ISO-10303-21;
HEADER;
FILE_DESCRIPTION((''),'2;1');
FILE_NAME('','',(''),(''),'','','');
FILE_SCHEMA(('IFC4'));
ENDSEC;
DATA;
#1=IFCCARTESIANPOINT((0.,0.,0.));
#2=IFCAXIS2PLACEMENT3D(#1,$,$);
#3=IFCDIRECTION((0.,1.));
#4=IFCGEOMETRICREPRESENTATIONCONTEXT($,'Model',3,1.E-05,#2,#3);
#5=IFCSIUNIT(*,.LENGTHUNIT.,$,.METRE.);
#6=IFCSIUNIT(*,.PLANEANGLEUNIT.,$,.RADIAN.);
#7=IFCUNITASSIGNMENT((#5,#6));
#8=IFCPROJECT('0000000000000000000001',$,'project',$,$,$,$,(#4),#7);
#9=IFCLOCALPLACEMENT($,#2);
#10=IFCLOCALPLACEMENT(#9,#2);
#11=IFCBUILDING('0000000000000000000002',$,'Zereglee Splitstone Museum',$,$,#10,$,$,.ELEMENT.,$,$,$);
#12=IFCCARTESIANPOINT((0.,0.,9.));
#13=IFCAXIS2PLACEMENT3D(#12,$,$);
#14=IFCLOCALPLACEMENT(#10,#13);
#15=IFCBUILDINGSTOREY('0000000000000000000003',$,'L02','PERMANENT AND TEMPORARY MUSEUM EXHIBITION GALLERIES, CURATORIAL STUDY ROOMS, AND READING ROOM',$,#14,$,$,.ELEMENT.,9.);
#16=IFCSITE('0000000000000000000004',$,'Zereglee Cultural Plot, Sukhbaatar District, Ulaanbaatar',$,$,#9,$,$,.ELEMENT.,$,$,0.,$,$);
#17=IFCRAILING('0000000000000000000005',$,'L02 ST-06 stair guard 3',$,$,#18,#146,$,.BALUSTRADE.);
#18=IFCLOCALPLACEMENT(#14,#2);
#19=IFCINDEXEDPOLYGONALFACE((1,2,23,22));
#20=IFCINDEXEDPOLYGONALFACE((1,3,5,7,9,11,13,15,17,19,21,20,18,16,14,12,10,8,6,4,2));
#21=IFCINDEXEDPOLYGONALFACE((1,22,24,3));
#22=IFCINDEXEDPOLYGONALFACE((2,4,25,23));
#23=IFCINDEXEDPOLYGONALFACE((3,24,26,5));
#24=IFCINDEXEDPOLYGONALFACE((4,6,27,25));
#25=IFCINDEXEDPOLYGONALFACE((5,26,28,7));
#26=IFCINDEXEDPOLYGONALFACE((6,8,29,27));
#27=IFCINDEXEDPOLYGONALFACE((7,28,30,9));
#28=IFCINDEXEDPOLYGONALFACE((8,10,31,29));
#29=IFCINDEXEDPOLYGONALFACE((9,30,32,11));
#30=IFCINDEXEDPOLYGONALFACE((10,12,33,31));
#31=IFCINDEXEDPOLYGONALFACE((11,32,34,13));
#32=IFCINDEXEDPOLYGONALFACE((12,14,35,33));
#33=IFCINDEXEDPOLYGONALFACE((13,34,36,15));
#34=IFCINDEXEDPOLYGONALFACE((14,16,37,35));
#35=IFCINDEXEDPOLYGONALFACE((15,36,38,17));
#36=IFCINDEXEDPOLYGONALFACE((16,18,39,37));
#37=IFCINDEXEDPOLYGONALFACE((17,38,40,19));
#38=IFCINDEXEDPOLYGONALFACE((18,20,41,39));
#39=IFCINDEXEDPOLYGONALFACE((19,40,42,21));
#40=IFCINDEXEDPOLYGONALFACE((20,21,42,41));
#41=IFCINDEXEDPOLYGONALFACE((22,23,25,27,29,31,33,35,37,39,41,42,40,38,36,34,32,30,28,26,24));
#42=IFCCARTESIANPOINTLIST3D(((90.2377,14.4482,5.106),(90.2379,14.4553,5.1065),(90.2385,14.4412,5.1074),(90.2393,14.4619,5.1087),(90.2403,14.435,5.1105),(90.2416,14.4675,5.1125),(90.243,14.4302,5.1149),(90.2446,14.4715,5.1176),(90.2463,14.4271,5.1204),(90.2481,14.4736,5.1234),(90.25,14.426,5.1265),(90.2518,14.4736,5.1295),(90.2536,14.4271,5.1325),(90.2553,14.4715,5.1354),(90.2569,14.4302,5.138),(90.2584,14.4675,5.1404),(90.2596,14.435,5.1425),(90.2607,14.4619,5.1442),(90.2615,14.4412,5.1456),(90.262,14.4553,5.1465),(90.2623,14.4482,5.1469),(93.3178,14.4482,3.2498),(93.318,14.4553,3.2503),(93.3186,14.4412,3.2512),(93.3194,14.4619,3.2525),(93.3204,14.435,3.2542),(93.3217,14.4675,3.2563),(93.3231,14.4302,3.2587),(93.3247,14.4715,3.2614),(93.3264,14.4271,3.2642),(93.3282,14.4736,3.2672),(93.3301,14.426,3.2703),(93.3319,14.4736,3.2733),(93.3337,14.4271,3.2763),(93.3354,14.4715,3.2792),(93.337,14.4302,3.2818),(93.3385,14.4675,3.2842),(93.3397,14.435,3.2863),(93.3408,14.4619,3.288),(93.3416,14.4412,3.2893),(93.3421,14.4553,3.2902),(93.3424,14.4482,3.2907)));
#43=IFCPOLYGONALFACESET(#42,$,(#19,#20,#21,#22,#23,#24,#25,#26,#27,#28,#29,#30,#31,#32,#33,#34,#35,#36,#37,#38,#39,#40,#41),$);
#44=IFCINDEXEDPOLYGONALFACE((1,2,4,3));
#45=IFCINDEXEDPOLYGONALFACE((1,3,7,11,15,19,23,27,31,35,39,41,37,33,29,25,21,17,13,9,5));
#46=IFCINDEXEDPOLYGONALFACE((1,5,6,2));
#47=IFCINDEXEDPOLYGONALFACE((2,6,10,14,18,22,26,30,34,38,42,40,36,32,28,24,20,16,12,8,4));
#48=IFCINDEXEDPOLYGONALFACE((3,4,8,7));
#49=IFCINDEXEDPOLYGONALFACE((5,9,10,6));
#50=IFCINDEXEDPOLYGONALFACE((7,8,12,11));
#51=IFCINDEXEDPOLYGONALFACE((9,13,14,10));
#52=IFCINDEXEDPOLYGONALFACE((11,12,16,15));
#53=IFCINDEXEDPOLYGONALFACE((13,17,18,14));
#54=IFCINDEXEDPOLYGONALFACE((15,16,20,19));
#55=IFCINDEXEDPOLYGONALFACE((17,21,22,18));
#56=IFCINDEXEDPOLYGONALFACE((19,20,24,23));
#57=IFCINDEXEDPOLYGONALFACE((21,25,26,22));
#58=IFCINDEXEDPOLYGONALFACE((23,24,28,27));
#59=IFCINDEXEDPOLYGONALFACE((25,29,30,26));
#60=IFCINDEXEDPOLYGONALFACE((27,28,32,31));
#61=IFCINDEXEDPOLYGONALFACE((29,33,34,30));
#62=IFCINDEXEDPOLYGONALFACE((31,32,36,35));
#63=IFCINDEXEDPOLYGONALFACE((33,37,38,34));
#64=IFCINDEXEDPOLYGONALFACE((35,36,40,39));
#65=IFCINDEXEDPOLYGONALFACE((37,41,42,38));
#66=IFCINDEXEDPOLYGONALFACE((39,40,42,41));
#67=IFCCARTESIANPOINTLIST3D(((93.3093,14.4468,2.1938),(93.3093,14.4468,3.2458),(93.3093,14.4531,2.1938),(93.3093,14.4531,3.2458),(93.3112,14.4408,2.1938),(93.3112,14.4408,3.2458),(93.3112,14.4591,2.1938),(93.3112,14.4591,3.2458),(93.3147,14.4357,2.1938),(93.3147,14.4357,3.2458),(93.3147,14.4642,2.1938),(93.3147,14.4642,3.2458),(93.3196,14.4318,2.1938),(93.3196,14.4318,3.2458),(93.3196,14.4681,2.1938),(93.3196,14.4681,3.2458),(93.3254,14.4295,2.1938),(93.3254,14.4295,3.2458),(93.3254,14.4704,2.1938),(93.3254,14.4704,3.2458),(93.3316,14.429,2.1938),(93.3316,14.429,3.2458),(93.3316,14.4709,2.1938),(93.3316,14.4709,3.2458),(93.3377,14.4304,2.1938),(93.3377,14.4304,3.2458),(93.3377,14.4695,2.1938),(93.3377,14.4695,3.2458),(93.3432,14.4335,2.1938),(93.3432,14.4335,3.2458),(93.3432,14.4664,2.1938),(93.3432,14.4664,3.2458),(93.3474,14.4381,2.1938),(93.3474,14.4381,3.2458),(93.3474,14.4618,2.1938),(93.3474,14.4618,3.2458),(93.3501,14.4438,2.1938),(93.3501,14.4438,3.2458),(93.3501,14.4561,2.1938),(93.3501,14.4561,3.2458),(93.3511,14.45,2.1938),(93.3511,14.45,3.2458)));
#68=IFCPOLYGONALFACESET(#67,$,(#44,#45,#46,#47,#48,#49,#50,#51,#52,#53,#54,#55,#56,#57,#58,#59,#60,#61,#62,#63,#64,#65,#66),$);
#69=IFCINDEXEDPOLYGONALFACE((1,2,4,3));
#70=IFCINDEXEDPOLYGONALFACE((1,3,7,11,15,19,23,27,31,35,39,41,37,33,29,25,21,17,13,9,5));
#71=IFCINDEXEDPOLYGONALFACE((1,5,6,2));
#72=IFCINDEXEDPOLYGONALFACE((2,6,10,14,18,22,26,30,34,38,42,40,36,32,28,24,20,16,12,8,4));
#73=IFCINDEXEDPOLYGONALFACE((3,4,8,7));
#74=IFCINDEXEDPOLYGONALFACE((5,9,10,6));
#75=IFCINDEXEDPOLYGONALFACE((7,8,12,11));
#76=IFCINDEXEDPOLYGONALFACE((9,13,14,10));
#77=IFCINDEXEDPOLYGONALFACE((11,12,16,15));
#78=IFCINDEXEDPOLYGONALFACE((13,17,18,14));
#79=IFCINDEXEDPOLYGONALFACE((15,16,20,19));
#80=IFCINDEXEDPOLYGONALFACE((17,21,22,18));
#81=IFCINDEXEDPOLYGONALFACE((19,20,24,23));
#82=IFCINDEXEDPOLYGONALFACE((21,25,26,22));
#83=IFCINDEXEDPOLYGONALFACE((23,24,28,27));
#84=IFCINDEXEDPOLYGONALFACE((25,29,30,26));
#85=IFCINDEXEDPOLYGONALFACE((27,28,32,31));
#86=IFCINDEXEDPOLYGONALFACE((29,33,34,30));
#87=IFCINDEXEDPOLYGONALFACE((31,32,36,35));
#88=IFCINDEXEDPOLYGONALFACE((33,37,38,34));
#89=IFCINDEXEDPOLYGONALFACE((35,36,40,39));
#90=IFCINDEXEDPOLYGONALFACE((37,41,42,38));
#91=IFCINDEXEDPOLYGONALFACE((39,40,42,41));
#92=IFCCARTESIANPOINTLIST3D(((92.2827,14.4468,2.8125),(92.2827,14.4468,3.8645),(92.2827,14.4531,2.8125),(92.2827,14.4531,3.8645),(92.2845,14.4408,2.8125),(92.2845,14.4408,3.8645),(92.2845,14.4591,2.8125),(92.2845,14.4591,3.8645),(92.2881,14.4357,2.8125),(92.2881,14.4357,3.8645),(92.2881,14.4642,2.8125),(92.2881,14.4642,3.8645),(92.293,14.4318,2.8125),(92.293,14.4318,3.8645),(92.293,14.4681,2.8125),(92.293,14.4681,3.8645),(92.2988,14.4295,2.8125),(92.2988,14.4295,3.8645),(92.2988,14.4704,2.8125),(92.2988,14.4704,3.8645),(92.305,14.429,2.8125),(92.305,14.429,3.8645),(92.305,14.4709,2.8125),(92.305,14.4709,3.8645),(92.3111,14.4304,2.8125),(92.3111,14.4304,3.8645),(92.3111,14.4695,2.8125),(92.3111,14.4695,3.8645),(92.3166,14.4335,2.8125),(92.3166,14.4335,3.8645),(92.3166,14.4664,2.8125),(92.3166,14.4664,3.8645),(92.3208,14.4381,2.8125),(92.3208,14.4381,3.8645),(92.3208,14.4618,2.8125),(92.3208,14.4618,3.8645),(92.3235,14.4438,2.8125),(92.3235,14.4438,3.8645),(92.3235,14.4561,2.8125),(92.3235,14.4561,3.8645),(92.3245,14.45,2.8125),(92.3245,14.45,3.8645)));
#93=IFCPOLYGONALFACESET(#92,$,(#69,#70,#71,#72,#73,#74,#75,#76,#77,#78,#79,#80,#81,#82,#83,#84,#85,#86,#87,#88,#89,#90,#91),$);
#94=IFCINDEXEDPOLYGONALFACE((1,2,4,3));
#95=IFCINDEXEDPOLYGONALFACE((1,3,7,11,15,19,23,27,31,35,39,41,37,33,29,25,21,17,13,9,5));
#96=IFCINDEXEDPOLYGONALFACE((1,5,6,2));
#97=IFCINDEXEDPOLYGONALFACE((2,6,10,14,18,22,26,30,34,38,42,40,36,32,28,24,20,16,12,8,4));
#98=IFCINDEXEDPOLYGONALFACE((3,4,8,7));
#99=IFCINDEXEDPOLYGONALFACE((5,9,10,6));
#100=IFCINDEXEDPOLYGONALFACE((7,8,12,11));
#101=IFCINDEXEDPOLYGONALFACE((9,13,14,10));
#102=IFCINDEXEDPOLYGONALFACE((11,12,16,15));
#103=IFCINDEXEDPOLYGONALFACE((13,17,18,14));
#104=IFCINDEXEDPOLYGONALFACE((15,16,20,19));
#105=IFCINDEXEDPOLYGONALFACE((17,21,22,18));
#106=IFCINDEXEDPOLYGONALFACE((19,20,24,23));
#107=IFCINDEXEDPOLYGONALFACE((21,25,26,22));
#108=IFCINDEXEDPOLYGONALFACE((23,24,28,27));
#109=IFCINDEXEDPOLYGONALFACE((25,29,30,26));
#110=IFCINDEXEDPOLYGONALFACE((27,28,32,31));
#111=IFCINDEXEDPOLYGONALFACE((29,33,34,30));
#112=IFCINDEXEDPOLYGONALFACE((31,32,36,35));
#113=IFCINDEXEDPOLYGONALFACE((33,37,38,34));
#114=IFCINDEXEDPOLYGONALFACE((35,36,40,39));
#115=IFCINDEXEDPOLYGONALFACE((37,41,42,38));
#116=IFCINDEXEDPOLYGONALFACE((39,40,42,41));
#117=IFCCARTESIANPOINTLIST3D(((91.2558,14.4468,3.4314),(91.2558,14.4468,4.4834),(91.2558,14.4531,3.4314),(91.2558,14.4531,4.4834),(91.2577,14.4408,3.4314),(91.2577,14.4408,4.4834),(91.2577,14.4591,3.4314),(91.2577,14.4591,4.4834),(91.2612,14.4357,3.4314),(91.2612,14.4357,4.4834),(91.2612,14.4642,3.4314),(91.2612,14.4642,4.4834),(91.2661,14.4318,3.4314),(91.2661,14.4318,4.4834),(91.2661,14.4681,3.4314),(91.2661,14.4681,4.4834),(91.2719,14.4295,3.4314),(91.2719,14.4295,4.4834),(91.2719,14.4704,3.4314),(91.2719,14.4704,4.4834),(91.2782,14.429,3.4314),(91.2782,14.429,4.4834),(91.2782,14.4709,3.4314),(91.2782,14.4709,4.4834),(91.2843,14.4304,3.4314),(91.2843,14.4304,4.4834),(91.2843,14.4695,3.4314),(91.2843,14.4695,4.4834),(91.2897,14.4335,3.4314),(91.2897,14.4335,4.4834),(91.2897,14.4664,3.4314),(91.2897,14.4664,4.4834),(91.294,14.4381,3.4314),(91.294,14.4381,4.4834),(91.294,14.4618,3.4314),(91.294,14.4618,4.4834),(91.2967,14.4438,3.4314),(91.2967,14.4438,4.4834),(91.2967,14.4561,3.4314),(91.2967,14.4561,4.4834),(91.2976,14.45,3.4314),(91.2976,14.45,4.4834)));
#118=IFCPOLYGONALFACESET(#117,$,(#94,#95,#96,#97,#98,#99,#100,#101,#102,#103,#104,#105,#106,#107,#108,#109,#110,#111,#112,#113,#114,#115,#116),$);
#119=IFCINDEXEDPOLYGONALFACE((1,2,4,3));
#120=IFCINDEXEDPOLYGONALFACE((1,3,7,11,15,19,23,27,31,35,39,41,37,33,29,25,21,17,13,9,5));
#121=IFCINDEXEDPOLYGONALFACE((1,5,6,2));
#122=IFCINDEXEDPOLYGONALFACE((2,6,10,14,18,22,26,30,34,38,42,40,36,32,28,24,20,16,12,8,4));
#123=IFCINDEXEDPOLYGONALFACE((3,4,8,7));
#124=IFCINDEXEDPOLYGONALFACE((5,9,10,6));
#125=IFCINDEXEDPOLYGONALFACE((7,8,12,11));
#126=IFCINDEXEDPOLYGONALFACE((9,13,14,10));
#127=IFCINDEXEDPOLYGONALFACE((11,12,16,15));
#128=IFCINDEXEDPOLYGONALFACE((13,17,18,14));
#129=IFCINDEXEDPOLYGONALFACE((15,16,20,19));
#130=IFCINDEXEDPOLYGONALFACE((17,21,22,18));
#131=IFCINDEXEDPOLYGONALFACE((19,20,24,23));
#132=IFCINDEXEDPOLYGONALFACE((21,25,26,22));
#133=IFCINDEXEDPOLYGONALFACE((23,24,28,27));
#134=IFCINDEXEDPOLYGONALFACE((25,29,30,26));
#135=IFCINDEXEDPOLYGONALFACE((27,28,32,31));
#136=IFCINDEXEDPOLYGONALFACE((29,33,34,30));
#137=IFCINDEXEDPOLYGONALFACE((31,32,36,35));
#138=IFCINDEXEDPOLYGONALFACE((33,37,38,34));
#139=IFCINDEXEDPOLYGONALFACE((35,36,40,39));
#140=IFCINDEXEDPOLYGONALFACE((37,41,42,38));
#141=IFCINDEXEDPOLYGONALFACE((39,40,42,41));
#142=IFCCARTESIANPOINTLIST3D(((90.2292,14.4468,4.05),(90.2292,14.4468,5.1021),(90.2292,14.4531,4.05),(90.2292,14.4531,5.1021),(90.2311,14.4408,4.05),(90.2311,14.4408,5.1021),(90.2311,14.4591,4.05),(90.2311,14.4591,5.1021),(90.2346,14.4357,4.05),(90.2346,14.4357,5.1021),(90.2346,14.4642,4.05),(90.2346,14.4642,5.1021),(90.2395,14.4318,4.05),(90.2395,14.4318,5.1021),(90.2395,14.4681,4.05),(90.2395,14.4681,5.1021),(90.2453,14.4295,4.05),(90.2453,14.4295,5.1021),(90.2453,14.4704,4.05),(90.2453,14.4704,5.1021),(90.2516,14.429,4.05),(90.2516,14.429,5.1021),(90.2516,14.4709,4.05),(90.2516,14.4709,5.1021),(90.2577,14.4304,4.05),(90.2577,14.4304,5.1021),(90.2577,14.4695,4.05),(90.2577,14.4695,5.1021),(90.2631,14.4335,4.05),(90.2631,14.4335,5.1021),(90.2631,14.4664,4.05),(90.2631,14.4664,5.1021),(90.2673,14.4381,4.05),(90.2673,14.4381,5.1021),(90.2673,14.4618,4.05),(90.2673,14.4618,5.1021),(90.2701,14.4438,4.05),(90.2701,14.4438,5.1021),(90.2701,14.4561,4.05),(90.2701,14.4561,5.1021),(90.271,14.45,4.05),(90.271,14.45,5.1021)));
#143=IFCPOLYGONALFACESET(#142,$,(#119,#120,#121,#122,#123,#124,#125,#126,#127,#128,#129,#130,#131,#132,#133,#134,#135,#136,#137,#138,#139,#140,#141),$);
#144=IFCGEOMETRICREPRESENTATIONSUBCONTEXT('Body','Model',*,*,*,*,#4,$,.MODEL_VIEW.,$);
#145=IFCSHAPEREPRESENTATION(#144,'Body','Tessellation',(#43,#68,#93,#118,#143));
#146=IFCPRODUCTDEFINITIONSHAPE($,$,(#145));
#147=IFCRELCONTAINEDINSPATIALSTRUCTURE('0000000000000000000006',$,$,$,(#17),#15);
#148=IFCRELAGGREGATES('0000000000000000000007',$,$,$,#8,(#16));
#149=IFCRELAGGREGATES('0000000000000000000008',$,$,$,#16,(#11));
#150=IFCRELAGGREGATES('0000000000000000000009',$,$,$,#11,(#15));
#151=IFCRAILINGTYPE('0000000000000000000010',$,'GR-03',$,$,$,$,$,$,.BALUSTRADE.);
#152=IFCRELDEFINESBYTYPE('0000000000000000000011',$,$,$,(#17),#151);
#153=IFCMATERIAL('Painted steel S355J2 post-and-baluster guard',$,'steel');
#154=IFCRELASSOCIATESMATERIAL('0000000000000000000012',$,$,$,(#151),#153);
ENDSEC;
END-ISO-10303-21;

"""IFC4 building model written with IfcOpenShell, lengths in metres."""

from ifc_helpers import new_model, si_unit, direction, frame, origin, origin_2d, place, context, subcontext, project, spatial, circle, extrude, material, type_object, element, save


model = new_model("IFC4")

# Units and contexts
model_context = context("Model", 3, precision=1e-05, world=origin(), true_north=direction((0.0, 1.0)))
body_context = subcontext(model_context, "Body", "Model", "MODEL_VIEW")
ifc_project = project(units=[si_unit("LENGTHUNIT", "METRE"), si_unit("PLANEANGLEUNIT", "RADIAN")], contexts=[model_context])

# Site, building, storey
site_placement = place(None, origin())
site = spatial("IfcSite", under=ifc_project, at=site_placement, Name="Zereglee Cultural Plot, Sukhbaatar District, Ulaanbaatar", CompositionType="ELEMENT", RefElevation=0.0)
building_placement = place(site_placement, origin())
building = spatial("IfcBuilding", under=site, at=building_placement, Name="Zereglee Splitstone Museum", CompositionType="ELEMENT")
storey_placement = place(building_placement, frame((0.0, 0.0, 9.0)))
storey = spatial("IfcBuildingStorey", under=building, at=storey_placement, Name="L02", Description="PERMANENT AND TEMPORARY MUSEUM EXHIBITION GALLERIES, CURATORIAL STUDY ROOMS, AND READING ROOM", CompositionType="ELEMENT", Elevation=9.0)

# Railing
ifc_material_1 = material(Name="Painted steel S355J2 post-and-baluster guard", Category="steel")
railing_type_1 = type_object("IfcRailingType", Name="GR-03", PredefinedType="BALUSTRADE", material=ifc_material_1)
railing_1_placement = place(storey_placement, frame((93.3301, 14.45, 2.1938)))
element("IfcRailing", 1, at=railing_1_placement, inside=storey, type_object=railing_type_1, Name="L02 ST-06 stair guard 3", PredefinedType="BALUSTRADE", context=body_context, shape_type="SweptSolid", body=[
    extrude(circle(Radius=0.0239, at=origin_2d()), frame((0.0, 0.0, 1.0764), z_axis=(-0.856491, 0.0, 0.516162), x_axis=(0.0, -1.0, 0.0)), (0.0, 0.0, 1.0), 3.5962),
    extrude(circle(Radius=0.021, at=origin_2d()), origin(), (0.0, 0.0, 1.0), 1.052),
    extrude(circle(Radius=0.021, at=origin_2d()), frame((-1.0266, 0.0, 0.6187)), (0.0, 0.0, 1.0), 1.052),
    extrude(circle(Radius=0.021, at=origin_2d()), frame((-2.0535, 0.0, 1.2375)), (0.0, 0.0, 1.0), 1.052),
    extrude(circle(Radius=0.021, at=origin_2d()), frame((-3.0801, 0.0, 1.8562)), (0.0, 0.0, 1.0), 1.052),
])

save(model, "model.ifc")
